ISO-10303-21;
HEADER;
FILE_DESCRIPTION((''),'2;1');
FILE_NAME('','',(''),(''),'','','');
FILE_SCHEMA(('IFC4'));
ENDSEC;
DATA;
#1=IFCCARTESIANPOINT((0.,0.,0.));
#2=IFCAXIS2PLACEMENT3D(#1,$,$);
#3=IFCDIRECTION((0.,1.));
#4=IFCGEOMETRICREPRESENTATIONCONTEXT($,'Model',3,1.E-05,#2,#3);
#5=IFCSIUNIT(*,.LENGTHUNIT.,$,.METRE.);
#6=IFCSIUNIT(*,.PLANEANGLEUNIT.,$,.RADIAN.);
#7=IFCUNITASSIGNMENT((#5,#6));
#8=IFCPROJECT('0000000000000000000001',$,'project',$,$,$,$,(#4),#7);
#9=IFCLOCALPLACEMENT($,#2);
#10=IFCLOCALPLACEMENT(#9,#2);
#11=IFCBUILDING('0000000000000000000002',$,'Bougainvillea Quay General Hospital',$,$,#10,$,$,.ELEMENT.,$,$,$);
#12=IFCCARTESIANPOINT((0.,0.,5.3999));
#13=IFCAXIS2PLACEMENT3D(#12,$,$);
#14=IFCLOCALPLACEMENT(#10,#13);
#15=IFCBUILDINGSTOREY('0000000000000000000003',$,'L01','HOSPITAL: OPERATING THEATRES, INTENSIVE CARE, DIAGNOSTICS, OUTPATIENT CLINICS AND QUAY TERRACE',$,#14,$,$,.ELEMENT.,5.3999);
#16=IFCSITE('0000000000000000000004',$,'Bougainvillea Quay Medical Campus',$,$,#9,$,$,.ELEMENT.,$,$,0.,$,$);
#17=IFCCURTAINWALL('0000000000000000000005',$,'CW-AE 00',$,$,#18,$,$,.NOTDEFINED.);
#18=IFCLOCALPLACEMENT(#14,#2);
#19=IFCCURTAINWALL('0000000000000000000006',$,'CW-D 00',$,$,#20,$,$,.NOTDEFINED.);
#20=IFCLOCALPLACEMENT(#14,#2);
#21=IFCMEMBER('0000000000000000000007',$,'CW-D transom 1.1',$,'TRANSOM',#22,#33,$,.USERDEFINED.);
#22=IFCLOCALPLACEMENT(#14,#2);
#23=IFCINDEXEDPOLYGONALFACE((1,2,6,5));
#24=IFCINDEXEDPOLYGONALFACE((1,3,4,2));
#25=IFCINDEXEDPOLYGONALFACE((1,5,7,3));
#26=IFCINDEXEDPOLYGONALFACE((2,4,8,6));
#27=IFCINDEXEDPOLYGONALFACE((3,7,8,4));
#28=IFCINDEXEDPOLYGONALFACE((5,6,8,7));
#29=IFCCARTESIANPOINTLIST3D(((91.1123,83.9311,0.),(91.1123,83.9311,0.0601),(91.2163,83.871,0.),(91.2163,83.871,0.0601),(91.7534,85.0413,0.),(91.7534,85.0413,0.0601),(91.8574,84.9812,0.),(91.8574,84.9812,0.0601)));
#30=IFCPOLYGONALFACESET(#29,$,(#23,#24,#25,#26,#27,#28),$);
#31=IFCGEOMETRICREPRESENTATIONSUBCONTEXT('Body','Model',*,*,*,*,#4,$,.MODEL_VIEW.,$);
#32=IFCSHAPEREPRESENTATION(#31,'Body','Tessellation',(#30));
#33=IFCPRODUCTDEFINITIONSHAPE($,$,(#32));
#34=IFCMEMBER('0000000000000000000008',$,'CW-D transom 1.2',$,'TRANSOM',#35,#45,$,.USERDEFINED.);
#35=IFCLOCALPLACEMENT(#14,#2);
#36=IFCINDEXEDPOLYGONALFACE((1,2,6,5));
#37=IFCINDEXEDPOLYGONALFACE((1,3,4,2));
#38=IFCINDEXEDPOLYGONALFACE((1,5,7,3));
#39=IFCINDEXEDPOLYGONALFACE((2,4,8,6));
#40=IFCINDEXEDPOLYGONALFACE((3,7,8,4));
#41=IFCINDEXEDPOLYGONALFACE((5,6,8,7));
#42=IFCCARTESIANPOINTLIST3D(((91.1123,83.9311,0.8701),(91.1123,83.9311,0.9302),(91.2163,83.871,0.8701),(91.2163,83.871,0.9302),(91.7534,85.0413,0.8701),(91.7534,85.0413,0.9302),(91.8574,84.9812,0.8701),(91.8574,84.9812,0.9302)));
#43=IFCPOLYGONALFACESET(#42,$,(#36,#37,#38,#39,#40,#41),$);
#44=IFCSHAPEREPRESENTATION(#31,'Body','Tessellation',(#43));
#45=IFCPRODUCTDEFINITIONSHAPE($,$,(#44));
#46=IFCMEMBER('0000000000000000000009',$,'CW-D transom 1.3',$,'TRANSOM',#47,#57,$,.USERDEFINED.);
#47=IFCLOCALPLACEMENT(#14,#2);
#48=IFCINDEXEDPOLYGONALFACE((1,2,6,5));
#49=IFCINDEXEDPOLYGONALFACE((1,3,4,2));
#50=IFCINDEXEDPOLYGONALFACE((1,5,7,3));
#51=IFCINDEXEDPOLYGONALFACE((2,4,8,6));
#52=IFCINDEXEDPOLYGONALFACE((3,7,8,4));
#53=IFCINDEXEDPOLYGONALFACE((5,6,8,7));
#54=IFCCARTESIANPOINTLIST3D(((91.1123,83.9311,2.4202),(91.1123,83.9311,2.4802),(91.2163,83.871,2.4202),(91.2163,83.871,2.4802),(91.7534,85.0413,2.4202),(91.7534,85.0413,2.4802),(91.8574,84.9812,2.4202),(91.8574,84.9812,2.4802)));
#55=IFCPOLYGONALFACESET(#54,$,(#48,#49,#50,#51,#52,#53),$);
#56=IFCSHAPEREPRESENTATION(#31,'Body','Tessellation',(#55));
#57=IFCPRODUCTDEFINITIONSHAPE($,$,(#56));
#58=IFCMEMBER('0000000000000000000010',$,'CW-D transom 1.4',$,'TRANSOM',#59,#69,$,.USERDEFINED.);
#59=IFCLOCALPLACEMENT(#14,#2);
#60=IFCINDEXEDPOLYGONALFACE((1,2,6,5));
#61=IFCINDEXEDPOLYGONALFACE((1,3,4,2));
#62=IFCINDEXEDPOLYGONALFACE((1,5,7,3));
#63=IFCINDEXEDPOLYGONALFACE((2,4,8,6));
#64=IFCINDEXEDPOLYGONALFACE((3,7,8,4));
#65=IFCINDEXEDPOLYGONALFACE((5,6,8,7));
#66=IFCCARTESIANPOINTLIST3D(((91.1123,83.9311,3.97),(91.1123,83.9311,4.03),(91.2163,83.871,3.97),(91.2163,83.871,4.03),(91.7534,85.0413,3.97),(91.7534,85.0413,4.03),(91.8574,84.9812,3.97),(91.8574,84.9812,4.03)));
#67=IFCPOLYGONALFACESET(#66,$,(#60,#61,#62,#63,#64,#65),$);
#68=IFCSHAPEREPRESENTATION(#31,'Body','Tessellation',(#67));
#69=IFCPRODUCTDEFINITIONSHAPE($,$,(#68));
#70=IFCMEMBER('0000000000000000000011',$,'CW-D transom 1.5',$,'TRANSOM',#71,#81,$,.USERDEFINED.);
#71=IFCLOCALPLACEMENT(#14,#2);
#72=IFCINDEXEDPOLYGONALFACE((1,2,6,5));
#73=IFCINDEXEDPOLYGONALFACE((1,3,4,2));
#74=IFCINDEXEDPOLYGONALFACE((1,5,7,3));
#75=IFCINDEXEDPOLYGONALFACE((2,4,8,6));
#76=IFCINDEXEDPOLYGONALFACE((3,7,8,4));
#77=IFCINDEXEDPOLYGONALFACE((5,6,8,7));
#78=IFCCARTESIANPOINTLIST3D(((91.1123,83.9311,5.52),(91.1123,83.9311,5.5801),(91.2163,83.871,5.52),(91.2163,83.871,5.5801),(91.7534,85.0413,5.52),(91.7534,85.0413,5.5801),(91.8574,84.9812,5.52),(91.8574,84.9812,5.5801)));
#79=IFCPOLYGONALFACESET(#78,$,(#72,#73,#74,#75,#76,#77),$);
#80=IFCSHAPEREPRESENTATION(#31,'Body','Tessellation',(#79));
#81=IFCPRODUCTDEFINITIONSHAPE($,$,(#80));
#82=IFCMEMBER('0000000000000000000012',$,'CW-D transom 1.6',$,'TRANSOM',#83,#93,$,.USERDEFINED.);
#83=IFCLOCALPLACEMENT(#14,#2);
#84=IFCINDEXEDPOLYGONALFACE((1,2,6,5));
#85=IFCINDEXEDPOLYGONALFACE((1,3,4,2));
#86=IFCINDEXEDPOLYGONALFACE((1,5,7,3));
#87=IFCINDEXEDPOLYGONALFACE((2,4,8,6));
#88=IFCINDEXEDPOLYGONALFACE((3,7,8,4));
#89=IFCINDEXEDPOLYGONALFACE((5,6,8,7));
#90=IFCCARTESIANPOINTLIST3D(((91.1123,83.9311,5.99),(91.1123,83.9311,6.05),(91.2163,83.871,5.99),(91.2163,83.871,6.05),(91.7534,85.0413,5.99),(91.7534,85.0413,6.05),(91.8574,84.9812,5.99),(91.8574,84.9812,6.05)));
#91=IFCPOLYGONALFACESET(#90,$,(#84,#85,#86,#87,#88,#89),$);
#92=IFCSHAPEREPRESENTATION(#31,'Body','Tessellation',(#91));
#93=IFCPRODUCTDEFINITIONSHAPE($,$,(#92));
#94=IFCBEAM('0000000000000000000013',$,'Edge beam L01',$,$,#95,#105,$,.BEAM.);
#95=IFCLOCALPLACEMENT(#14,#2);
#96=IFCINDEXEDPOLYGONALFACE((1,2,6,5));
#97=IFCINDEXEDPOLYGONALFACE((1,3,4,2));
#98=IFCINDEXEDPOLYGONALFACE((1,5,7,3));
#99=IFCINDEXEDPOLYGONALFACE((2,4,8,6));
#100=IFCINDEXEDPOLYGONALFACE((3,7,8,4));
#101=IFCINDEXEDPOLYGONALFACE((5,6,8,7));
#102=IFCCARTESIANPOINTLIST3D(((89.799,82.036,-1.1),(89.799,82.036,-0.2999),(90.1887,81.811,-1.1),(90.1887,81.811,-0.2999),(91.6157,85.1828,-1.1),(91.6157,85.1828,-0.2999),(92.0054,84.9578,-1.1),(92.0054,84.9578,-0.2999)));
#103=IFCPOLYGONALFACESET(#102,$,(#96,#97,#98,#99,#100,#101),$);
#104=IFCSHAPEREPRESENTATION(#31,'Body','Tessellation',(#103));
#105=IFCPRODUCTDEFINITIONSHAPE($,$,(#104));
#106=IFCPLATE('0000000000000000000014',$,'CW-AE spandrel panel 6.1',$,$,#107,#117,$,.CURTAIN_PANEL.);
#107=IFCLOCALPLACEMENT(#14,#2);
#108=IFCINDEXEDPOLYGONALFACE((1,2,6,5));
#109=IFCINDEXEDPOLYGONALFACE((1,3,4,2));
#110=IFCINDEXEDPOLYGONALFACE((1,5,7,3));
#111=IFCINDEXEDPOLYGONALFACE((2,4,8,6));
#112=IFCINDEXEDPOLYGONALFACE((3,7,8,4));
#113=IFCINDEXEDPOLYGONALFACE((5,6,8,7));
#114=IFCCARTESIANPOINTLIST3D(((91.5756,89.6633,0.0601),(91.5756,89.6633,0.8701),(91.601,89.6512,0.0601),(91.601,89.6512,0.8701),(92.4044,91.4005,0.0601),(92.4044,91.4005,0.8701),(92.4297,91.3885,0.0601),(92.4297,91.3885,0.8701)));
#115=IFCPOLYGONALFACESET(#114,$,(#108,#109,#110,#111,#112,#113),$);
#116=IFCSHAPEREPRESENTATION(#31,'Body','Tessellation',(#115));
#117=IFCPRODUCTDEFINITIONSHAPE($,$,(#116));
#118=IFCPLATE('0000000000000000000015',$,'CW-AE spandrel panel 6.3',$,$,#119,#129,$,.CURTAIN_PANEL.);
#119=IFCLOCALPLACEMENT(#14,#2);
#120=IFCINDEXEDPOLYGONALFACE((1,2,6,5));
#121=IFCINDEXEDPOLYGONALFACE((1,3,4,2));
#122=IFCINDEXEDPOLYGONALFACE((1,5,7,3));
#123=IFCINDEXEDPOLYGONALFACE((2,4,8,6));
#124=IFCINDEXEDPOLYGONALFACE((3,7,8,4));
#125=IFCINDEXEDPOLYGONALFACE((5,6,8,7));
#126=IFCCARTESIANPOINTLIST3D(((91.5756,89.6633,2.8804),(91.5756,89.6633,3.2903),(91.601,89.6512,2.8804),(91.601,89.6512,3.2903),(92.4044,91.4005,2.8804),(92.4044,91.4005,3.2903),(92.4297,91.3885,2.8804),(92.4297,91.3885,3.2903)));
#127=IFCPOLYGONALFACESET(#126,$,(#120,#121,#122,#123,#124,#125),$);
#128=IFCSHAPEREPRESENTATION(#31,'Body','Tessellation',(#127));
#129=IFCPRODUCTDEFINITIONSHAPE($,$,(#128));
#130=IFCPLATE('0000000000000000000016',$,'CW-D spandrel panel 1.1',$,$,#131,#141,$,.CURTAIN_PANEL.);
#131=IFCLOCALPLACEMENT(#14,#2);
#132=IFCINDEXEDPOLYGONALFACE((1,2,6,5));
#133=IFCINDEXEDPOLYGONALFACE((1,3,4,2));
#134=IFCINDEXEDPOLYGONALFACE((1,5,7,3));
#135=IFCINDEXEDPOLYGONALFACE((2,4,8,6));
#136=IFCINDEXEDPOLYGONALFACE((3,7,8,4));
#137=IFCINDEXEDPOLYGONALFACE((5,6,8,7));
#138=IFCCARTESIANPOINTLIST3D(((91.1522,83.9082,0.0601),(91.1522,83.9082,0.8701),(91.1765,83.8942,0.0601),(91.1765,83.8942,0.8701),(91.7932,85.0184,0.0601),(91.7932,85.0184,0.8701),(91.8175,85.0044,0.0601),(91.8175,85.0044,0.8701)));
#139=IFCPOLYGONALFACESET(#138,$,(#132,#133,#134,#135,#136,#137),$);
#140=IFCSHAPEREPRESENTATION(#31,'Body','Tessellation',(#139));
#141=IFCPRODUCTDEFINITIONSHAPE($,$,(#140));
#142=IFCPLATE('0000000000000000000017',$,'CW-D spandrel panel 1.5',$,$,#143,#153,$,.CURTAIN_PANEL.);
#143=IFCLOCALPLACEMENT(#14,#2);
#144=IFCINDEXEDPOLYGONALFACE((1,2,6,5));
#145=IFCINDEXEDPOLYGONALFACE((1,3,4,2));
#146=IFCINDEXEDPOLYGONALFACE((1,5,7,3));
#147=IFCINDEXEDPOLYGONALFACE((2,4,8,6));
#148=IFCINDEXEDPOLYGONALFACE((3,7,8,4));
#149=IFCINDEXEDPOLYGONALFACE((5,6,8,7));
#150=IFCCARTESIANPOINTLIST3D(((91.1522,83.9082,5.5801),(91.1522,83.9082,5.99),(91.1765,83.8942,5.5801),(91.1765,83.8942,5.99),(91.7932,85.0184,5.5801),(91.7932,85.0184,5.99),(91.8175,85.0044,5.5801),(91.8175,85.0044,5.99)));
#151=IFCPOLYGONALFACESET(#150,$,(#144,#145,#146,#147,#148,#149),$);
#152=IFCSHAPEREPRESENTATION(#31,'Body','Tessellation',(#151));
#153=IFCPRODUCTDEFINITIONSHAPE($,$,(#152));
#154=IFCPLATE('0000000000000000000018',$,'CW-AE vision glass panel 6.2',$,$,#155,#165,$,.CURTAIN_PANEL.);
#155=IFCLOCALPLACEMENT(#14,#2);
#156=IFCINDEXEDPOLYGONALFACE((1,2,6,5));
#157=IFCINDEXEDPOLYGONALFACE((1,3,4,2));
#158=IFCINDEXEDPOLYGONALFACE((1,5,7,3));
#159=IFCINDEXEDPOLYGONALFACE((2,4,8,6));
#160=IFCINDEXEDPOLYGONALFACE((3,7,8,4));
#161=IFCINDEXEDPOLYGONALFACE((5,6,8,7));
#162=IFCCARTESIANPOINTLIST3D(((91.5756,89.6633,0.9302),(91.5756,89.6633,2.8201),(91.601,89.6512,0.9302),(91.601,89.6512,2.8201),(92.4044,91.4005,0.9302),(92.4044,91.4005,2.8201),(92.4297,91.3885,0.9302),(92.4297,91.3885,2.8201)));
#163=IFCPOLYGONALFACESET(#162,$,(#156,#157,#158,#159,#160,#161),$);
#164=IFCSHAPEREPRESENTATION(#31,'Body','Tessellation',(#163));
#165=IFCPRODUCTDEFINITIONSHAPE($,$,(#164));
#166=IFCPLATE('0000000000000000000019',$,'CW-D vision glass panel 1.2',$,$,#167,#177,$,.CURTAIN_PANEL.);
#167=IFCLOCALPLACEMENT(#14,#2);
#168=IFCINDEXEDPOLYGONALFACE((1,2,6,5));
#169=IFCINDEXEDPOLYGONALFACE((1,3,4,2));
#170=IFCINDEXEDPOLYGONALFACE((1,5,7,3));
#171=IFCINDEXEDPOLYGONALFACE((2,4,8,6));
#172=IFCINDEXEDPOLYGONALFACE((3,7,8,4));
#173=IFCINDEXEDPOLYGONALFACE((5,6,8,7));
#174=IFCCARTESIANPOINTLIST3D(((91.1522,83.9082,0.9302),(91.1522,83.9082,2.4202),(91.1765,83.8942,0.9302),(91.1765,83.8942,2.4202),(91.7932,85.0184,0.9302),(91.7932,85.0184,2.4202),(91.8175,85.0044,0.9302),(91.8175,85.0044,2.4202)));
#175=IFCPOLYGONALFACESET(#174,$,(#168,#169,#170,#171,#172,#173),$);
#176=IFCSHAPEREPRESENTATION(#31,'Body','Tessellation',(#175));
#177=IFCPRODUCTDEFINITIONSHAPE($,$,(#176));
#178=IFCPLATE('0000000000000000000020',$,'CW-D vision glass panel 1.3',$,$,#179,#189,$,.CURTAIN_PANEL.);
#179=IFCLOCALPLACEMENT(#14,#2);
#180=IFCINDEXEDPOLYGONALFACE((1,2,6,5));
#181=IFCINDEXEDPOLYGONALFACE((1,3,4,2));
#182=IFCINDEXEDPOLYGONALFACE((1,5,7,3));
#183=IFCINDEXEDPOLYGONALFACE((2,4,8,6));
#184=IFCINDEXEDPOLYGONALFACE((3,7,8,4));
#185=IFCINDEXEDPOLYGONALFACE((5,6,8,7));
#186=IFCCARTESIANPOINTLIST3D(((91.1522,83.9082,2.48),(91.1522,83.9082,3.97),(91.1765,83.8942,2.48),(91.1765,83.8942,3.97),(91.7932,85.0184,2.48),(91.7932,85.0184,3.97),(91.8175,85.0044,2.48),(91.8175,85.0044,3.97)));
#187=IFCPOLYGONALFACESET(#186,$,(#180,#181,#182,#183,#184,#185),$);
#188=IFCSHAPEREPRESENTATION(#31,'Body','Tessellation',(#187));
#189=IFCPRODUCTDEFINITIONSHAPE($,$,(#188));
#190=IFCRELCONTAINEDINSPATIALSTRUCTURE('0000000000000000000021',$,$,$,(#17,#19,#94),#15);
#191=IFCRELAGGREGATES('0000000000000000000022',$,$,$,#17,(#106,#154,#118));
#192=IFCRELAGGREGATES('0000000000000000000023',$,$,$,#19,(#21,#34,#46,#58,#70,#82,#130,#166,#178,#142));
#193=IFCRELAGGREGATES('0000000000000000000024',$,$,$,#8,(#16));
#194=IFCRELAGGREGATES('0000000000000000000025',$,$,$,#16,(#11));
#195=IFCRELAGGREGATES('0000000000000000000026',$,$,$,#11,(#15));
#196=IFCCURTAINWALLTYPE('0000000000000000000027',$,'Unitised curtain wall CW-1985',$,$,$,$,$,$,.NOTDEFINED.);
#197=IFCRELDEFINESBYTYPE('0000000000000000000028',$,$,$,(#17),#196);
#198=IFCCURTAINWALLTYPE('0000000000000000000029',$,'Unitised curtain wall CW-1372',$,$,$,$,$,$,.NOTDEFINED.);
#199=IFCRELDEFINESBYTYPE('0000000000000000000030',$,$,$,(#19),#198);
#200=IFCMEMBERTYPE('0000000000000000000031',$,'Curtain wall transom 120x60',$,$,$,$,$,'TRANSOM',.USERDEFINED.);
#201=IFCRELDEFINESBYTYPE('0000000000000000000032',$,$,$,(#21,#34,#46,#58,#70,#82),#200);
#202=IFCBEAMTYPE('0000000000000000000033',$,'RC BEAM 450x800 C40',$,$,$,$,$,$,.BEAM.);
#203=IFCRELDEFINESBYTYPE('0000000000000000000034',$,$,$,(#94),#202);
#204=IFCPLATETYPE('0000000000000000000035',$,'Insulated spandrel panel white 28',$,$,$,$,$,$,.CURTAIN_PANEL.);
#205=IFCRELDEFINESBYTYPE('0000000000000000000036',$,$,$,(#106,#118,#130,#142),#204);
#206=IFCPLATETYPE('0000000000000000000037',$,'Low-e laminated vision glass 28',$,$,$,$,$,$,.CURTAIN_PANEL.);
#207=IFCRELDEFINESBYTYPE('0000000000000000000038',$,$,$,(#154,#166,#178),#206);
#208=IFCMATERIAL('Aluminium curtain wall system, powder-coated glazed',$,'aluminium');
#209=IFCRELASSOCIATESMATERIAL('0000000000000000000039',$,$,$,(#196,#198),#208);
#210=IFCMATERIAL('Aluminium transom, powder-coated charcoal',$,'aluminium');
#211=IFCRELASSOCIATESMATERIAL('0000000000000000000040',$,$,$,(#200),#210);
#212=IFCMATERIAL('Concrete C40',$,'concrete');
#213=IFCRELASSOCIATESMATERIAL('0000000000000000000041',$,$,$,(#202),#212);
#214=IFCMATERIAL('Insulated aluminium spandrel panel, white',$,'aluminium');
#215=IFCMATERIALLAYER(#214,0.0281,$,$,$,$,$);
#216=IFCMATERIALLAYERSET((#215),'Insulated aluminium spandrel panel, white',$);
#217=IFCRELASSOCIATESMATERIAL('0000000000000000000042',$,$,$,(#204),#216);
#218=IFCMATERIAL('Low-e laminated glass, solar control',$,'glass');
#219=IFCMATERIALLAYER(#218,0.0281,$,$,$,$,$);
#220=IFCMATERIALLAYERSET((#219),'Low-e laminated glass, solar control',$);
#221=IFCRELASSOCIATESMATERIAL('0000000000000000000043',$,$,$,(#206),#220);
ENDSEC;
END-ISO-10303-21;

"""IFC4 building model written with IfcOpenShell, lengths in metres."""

from ifc_helpers import new_model, si_unit, direction, frame, origin, origin_2d, place, context, subcontext, project, spatial, rectangle, extrude, material, layer, layer_set, material_profile, profile_set, type_object, element, aggregate, save


model = new_model("IFC4")

# Units and contexts
model_context = context("Model", 3, precision=1e-05, world=origin(), true_north=direction((0.0, 1.0)))
body_context = subcontext(model_context, "Body", "Model", "MODEL_VIEW")
ifc_project = project(units=[si_unit("LENGTHUNIT", "METRE"), si_unit("PLANEANGLEUNIT", "RADIAN")], contexts=[model_context])

# Site, building, storey
site_placement = place(None, origin())
site = spatial("IfcSite", under=ifc_project, at=site_placement, Name="Bougainvillea Quay Medical Campus", CompositionType="ELEMENT", RefElevation=0.0)
building_placement = place(site_placement, origin())
building = spatial("IfcBuilding", under=site, at=building_placement, Name="Bougainvillea Quay General Hospital", CompositionType="ELEMENT")
storey_placement = place(building_placement, frame((0.0, 0.0, 5.3999)))
storey = spatial("IfcBuildingStorey", under=building, at=storey_placement, Name="L01", Description="HOSPITAL: OPERATING THEATRES, INTENSIVE CARE, DIAGNOSTICS, OUTPATIENT CLINICS AND QUAY TERRACE", CompositionType="ELEMENT", Elevation=5.3999)

# Curtain wall
ifc_material_1 = material(Name="Aluminium curtain wall system, powder-coated glazed", Category="aluminium")
curtain_wall_type_1 = type_object("IfcCurtainWallType", Name="Unitised curtain wall CW-1985", PredefinedType="NOTDEFINED", material=ifc_material_1)
curtain_wall_1_placement = place(storey_placement, origin())
curtain_wall_1 = element("IfcCurtainWall", 1, at=curtain_wall_1_placement, inside=storey, type_object=curtain_wall_type_1, Name="CW-AE 00", PredefinedType="NOTDEFINED")

# Curtain wall
curtain_wall_type_2 = type_object("IfcCurtainWallType", Name="Unitised curtain wall CW-1372", PredefinedType="NOTDEFINED", material=ifc_material_1)
curtain_wall_2_placement = place(storey_placement, origin())
curtain_wall_2 = element("IfcCurtainWall", 2, at=curtain_wall_2_placement, inside=storey, type_object=curtain_wall_type_2, Name="CW-D 00", PredefinedType="NOTDEFINED")

# Members
ifc_material_2 = material(Name="Aluminium transom, powder-coated charcoal", Category="aluminium")
ifc_material_profile_1 = material_profile(ifc_material_2, rectangle(XDim=0.1201, YDim=0.0601, at=origin_2d()))
ifc_profile_set_1 = profile_set([ifc_material_profile_1], Name="Aluminium transom, powder-coated charcoal")
member_type_1 = type_object("IfcMemberType", Name="Curtain wall transom 120x60", ElementType="TRANSOM", PredefinedType="USERDEFINED", material=ifc_profile_set_1)
member_1_placement = place(storey_placement, frame((91.8054, 85.0112, 0.03), z_axis=(-0.500113, -0.86596, 0.0), x_axis=(0.86596, -0.500113, 0.0)))
member_1 = element("IfcMember", 3, at=member_1_placement, type_object=member_type_1, Name="CW-D transom 1.1", ObjectType="TRANSOM", PredefinedType="USERDEFINED", context=body_context, shape_type="SweptSolid", body=[
    extrude(rectangle(XDim=0.1201, YDim=0.0601, at=origin_2d()), origin(), (0.0, 0.0, 1.0), 1.282),
])
member_2_placement = place(storey_placement, frame((91.8054, 85.0112, 0.9001), z_axis=(-0.500113, -0.86596, 0.0), x_axis=(0.86596, -0.500113, 0.0)))
member_2 = element("IfcMember", 4, at=member_2_placement, type_object=member_type_1, Name="CW-D transom 1.2", ObjectType="TRANSOM", PredefinedType="USERDEFINED", context=body_context, shape_type="SweptSolid", body=[
    extrude(rectangle(XDim=0.1201, YDim=0.0601, at=origin_2d()), origin(), (0.0, 0.0, 1.0), 1.282),
])
member_3_placement = place(storey_placement, frame((91.8054, 85.0112, 2.4502), z_axis=(-0.500113, -0.86596, 0.0), x_axis=(0.86596, -0.500113, 0.0)))
member_3 = element("IfcMember", 5, at=member_3_placement, type_object=member_type_1, Name="CW-D transom 1.3", ObjectType="TRANSOM", PredefinedType="USERDEFINED", context=body_context, shape_type="SweptSolid", body=[
    extrude(rectangle(XDim=0.1201, YDim=0.0601, at=origin_2d()), origin(), (0.0, 0.0, 1.0), 1.282),
])
member_4_placement = place(storey_placement, frame((91.8054, 85.0112, 4.0), z_axis=(-0.500113, -0.86596, 0.0), x_axis=(0.86596, -0.500113, 0.0)))
member_4 = element("IfcMember", 6, at=member_4_placement, type_object=member_type_1, Name="CW-D transom 1.4", ObjectType="TRANSOM", PredefinedType="USERDEFINED", context=body_context, shape_type="SweptSolid", body=[
    extrude(rectangle(XDim=0.1201, YDim=0.0601, at=origin_2d()), origin(), (0.0, 0.0, 1.0), 1.282),
])
member_5_placement = place(storey_placement, frame((91.8054, 85.0112, 5.55), z_axis=(-0.500113, -0.86596, 0.0), x_axis=(0.86596, -0.500113, 0.0)))
member_5 = element("IfcMember", 7, at=member_5_placement, type_object=member_type_1, Name="CW-D transom 1.5", ObjectType="TRANSOM", PredefinedType="USERDEFINED", context=body_context, shape_type="SweptSolid", body=[
    extrude(rectangle(XDim=0.1201, YDim=0.0601, at=origin_2d()), origin(), (0.0, 0.0, 1.0), 1.282),
])
member_6_placement = place(storey_placement, frame((91.8054, 85.0112, 6.02), z_axis=(-0.500113, -0.86596, 0.0), x_axis=(0.86596, -0.500113, 0.0)))
member_6 = element("IfcMember", 8, at=member_6_placement, type_object=member_type_1, Name="CW-D transom 1.6", ObjectType="TRANSOM", PredefinedType="USERDEFINED", context=body_context, shape_type="SweptSolid", body=[
    extrude(rectangle(XDim=0.1201, YDim=0.0601, at=origin_2d()), origin(), (0.0, 0.0, 1.0), 1.282),
])

# Beam
ifc_material_3 = material(Name="Concrete C40", Category="concrete")
ifc_material_profile_2 = material_profile(ifc_material_3, rectangle(XDim=0.45, YDim=0.8, at=origin_2d()))
ifc_profile_set_2 = profile_set([ifc_material_profile_2], Name="Concrete C40")
beam_type = type_object("IfcBeamType", Name="RC BEAM 450x800 C40", PredefinedType="BEAM", material=ifc_profile_set_2)
beam_placement = place(storey_placement, frame((91.8105, 85.0703, -0.7), z_axis=(-0.499976, -0.866039, 0.0), x_axis=(0.866039, -0.499976, 0.0)))
element("IfcBeam", 9, at=beam_placement, inside=storey, type_object=beam_type, Name="Edge beam L01", PredefinedType="BEAM", context=body_context, shape_type="SweptSolid", body=[
    extrude(rectangle(XDim=0.45, YDim=0.8, at=origin_2d()), origin(), (0.0, 0.0, 1.0), 3.6335),
])

# Plates
ifc_material_4 = material(Name="Insulated aluminium spandrel panel, white", Category="aluminium")
ifc_layer_1 = layer(ifc_material_4, 0.0281)
ifc_layer_set_1 = layer_set([ifc_layer_1], Name="Insulated aluminium spandrel panel, white")
plate_type_1 = type_object("IfcPlateType", Name="Insulated spandrel panel white 28", PredefinedType="CURTAIN_PANEL", material=ifc_layer_set_1)
plate_1_placement = place(storey_placement, frame((92.0027, 90.5259, 0.0601), z_axis=(0.0, 0.0, 1.0), x_axis=(0.430563, 0.902561, 0.0)))
plate_1 = element("IfcPlate", 10, at=plate_1_placement, type_object=plate_type_1, Name="CW-AE spandrel panel 6.1", PredefinedType="CURTAIN_PANEL", context=body_context, shape_type="SweptSolid", body=[
    extrude(rectangle(XDim=1.9248, YDim=0.0281, at=origin_2d()), origin(), (0.0, 0.0, 1.0), 0.8101),
])
plate_2_placement = place(storey_placement, frame((92.0027, 90.5259, 2.8804), z_axis=(0.0, 0.0, 1.0), x_axis=(0.430563, 0.902561, 0.0)))
plate_2 = element("IfcPlate", 11, at=plate_2_placement, type_object=plate_type_1, Name="CW-AE spandrel panel 6.3", PredefinedType="CURTAIN_PANEL", context=body_context, shape_type="SweptSolid", body=[
    extrude(rectangle(XDim=1.9248, YDim=0.0281, at=origin_2d()), origin(), (0.0, 0.0, 1.0), 0.4099),
])
plate_3_placement = place(storey_placement, frame((91.4849, 84.4563, 0.0601), z_axis=(0.0, 0.0, 1.0), x_axis=(-0.499962, -0.866048, 0.0)))
plate_3 = element("IfcPlate", 12, at=plate_3_placement, type_object=plate_type_1, Name="CW-D spandrel panel 1.1", PredefinedType="CURTAIN_PANEL", context=body_context, shape_type="SweptSolid", body=[
    extrude(rectangle(XDim=1.282, YDim=0.0281, at=origin_2d()), origin(), (0.0, 0.0, 1.0), 0.8101),
])
plate_4_placement = place(storey_placement, frame((91.4849, 84.4563, 5.5801), z_axis=(0.0, 0.0, 1.0), x_axis=(-0.499962, -0.866048, 0.0)))
plate_4 = element("IfcPlate", 13, at=plate_4_placement, type_object=plate_type_1, Name="CW-D spandrel panel 1.5", PredefinedType="CURTAIN_PANEL", context=body_context, shape_type="SweptSolid", body=[
    extrude(rectangle(XDim=1.282, YDim=0.0281, at=origin_2d()), origin(), (0.0, 0.0, 1.0), 0.4099),
])
ifc_material_5 = material(Name="Low-e laminated glass, solar control", Category="glass")
ifc_layer_2 = layer(ifc_material_5, 0.0281)
ifc_layer_set_2 = layer_set([ifc_layer_2], Name="Low-e laminated glass, solar control")
plate_type_2 = type_object("IfcPlateType", Name="Low-e laminated vision glass 28", PredefinedType="CURTAIN_PANEL", material=ifc_layer_set_2)
plate_5_placement = place(storey_placement, frame((92.0027, 90.5259, 0.9302), z_axis=(0.0, 0.0, 1.0), x_axis=(0.430563, 0.902561, 0.0)))
plate_5 = element("IfcPlate", 14, at=plate_5_placement, type_object=plate_type_2, Name="CW-AE vision glass panel 6.2", PredefinedType="CURTAIN_PANEL", context=body_context, shape_type="SweptSolid", body=[
    extrude(rectangle(XDim=1.9248, YDim=0.0281, at=origin_2d()), origin(), (0.0, 0.0, 1.0), 1.8899),
])
aggregate(curtain_wall_1, [plate_1, plate_5, plate_2])
plate_6_placement = place(storey_placement, frame((91.4849, 84.4563, 0.9302), z_axis=(0.0, 0.0, 1.0), x_axis=(-0.499962, -0.866048, 0.0)))
plate_6 = element("IfcPlate", 15, at=plate_6_placement, type_object=plate_type_2, Name="CW-D vision glass panel 1.2", PredefinedType="CURTAIN_PANEL", context=body_context, shape_type="SweptSolid", body=[
    extrude(rectangle(XDim=1.282, YDim=0.0281, at=origin_2d()), origin(), (0.0, 0.0, 1.0), 1.49),
])
plate_7_placement = place(storey_placement, frame((91.4849, 84.4563, 2.48), z_axis=(0.0, 0.0, 1.0), x_axis=(-0.499962, -0.866048, 0.0)))
plate_7 = element("IfcPlate", 16, at=plate_7_placement, type_object=plate_type_2, Name="CW-D vision glass panel 1.3", PredefinedType="CURTAIN_PANEL", context=body_context, shape_type="SweptSolid", body=[
    extrude(rectangle(XDim=1.282, YDim=0.0281, at=origin_2d()), origin(), (0.0, 0.0, 1.0), 1.49),
])
aggregate(curtain_wall_2, [member_1, member_2, member_3, member_4, member_5, member_6, plate_3, plate_6, plate_7, plate_4])

save(model, "model.ifc")
